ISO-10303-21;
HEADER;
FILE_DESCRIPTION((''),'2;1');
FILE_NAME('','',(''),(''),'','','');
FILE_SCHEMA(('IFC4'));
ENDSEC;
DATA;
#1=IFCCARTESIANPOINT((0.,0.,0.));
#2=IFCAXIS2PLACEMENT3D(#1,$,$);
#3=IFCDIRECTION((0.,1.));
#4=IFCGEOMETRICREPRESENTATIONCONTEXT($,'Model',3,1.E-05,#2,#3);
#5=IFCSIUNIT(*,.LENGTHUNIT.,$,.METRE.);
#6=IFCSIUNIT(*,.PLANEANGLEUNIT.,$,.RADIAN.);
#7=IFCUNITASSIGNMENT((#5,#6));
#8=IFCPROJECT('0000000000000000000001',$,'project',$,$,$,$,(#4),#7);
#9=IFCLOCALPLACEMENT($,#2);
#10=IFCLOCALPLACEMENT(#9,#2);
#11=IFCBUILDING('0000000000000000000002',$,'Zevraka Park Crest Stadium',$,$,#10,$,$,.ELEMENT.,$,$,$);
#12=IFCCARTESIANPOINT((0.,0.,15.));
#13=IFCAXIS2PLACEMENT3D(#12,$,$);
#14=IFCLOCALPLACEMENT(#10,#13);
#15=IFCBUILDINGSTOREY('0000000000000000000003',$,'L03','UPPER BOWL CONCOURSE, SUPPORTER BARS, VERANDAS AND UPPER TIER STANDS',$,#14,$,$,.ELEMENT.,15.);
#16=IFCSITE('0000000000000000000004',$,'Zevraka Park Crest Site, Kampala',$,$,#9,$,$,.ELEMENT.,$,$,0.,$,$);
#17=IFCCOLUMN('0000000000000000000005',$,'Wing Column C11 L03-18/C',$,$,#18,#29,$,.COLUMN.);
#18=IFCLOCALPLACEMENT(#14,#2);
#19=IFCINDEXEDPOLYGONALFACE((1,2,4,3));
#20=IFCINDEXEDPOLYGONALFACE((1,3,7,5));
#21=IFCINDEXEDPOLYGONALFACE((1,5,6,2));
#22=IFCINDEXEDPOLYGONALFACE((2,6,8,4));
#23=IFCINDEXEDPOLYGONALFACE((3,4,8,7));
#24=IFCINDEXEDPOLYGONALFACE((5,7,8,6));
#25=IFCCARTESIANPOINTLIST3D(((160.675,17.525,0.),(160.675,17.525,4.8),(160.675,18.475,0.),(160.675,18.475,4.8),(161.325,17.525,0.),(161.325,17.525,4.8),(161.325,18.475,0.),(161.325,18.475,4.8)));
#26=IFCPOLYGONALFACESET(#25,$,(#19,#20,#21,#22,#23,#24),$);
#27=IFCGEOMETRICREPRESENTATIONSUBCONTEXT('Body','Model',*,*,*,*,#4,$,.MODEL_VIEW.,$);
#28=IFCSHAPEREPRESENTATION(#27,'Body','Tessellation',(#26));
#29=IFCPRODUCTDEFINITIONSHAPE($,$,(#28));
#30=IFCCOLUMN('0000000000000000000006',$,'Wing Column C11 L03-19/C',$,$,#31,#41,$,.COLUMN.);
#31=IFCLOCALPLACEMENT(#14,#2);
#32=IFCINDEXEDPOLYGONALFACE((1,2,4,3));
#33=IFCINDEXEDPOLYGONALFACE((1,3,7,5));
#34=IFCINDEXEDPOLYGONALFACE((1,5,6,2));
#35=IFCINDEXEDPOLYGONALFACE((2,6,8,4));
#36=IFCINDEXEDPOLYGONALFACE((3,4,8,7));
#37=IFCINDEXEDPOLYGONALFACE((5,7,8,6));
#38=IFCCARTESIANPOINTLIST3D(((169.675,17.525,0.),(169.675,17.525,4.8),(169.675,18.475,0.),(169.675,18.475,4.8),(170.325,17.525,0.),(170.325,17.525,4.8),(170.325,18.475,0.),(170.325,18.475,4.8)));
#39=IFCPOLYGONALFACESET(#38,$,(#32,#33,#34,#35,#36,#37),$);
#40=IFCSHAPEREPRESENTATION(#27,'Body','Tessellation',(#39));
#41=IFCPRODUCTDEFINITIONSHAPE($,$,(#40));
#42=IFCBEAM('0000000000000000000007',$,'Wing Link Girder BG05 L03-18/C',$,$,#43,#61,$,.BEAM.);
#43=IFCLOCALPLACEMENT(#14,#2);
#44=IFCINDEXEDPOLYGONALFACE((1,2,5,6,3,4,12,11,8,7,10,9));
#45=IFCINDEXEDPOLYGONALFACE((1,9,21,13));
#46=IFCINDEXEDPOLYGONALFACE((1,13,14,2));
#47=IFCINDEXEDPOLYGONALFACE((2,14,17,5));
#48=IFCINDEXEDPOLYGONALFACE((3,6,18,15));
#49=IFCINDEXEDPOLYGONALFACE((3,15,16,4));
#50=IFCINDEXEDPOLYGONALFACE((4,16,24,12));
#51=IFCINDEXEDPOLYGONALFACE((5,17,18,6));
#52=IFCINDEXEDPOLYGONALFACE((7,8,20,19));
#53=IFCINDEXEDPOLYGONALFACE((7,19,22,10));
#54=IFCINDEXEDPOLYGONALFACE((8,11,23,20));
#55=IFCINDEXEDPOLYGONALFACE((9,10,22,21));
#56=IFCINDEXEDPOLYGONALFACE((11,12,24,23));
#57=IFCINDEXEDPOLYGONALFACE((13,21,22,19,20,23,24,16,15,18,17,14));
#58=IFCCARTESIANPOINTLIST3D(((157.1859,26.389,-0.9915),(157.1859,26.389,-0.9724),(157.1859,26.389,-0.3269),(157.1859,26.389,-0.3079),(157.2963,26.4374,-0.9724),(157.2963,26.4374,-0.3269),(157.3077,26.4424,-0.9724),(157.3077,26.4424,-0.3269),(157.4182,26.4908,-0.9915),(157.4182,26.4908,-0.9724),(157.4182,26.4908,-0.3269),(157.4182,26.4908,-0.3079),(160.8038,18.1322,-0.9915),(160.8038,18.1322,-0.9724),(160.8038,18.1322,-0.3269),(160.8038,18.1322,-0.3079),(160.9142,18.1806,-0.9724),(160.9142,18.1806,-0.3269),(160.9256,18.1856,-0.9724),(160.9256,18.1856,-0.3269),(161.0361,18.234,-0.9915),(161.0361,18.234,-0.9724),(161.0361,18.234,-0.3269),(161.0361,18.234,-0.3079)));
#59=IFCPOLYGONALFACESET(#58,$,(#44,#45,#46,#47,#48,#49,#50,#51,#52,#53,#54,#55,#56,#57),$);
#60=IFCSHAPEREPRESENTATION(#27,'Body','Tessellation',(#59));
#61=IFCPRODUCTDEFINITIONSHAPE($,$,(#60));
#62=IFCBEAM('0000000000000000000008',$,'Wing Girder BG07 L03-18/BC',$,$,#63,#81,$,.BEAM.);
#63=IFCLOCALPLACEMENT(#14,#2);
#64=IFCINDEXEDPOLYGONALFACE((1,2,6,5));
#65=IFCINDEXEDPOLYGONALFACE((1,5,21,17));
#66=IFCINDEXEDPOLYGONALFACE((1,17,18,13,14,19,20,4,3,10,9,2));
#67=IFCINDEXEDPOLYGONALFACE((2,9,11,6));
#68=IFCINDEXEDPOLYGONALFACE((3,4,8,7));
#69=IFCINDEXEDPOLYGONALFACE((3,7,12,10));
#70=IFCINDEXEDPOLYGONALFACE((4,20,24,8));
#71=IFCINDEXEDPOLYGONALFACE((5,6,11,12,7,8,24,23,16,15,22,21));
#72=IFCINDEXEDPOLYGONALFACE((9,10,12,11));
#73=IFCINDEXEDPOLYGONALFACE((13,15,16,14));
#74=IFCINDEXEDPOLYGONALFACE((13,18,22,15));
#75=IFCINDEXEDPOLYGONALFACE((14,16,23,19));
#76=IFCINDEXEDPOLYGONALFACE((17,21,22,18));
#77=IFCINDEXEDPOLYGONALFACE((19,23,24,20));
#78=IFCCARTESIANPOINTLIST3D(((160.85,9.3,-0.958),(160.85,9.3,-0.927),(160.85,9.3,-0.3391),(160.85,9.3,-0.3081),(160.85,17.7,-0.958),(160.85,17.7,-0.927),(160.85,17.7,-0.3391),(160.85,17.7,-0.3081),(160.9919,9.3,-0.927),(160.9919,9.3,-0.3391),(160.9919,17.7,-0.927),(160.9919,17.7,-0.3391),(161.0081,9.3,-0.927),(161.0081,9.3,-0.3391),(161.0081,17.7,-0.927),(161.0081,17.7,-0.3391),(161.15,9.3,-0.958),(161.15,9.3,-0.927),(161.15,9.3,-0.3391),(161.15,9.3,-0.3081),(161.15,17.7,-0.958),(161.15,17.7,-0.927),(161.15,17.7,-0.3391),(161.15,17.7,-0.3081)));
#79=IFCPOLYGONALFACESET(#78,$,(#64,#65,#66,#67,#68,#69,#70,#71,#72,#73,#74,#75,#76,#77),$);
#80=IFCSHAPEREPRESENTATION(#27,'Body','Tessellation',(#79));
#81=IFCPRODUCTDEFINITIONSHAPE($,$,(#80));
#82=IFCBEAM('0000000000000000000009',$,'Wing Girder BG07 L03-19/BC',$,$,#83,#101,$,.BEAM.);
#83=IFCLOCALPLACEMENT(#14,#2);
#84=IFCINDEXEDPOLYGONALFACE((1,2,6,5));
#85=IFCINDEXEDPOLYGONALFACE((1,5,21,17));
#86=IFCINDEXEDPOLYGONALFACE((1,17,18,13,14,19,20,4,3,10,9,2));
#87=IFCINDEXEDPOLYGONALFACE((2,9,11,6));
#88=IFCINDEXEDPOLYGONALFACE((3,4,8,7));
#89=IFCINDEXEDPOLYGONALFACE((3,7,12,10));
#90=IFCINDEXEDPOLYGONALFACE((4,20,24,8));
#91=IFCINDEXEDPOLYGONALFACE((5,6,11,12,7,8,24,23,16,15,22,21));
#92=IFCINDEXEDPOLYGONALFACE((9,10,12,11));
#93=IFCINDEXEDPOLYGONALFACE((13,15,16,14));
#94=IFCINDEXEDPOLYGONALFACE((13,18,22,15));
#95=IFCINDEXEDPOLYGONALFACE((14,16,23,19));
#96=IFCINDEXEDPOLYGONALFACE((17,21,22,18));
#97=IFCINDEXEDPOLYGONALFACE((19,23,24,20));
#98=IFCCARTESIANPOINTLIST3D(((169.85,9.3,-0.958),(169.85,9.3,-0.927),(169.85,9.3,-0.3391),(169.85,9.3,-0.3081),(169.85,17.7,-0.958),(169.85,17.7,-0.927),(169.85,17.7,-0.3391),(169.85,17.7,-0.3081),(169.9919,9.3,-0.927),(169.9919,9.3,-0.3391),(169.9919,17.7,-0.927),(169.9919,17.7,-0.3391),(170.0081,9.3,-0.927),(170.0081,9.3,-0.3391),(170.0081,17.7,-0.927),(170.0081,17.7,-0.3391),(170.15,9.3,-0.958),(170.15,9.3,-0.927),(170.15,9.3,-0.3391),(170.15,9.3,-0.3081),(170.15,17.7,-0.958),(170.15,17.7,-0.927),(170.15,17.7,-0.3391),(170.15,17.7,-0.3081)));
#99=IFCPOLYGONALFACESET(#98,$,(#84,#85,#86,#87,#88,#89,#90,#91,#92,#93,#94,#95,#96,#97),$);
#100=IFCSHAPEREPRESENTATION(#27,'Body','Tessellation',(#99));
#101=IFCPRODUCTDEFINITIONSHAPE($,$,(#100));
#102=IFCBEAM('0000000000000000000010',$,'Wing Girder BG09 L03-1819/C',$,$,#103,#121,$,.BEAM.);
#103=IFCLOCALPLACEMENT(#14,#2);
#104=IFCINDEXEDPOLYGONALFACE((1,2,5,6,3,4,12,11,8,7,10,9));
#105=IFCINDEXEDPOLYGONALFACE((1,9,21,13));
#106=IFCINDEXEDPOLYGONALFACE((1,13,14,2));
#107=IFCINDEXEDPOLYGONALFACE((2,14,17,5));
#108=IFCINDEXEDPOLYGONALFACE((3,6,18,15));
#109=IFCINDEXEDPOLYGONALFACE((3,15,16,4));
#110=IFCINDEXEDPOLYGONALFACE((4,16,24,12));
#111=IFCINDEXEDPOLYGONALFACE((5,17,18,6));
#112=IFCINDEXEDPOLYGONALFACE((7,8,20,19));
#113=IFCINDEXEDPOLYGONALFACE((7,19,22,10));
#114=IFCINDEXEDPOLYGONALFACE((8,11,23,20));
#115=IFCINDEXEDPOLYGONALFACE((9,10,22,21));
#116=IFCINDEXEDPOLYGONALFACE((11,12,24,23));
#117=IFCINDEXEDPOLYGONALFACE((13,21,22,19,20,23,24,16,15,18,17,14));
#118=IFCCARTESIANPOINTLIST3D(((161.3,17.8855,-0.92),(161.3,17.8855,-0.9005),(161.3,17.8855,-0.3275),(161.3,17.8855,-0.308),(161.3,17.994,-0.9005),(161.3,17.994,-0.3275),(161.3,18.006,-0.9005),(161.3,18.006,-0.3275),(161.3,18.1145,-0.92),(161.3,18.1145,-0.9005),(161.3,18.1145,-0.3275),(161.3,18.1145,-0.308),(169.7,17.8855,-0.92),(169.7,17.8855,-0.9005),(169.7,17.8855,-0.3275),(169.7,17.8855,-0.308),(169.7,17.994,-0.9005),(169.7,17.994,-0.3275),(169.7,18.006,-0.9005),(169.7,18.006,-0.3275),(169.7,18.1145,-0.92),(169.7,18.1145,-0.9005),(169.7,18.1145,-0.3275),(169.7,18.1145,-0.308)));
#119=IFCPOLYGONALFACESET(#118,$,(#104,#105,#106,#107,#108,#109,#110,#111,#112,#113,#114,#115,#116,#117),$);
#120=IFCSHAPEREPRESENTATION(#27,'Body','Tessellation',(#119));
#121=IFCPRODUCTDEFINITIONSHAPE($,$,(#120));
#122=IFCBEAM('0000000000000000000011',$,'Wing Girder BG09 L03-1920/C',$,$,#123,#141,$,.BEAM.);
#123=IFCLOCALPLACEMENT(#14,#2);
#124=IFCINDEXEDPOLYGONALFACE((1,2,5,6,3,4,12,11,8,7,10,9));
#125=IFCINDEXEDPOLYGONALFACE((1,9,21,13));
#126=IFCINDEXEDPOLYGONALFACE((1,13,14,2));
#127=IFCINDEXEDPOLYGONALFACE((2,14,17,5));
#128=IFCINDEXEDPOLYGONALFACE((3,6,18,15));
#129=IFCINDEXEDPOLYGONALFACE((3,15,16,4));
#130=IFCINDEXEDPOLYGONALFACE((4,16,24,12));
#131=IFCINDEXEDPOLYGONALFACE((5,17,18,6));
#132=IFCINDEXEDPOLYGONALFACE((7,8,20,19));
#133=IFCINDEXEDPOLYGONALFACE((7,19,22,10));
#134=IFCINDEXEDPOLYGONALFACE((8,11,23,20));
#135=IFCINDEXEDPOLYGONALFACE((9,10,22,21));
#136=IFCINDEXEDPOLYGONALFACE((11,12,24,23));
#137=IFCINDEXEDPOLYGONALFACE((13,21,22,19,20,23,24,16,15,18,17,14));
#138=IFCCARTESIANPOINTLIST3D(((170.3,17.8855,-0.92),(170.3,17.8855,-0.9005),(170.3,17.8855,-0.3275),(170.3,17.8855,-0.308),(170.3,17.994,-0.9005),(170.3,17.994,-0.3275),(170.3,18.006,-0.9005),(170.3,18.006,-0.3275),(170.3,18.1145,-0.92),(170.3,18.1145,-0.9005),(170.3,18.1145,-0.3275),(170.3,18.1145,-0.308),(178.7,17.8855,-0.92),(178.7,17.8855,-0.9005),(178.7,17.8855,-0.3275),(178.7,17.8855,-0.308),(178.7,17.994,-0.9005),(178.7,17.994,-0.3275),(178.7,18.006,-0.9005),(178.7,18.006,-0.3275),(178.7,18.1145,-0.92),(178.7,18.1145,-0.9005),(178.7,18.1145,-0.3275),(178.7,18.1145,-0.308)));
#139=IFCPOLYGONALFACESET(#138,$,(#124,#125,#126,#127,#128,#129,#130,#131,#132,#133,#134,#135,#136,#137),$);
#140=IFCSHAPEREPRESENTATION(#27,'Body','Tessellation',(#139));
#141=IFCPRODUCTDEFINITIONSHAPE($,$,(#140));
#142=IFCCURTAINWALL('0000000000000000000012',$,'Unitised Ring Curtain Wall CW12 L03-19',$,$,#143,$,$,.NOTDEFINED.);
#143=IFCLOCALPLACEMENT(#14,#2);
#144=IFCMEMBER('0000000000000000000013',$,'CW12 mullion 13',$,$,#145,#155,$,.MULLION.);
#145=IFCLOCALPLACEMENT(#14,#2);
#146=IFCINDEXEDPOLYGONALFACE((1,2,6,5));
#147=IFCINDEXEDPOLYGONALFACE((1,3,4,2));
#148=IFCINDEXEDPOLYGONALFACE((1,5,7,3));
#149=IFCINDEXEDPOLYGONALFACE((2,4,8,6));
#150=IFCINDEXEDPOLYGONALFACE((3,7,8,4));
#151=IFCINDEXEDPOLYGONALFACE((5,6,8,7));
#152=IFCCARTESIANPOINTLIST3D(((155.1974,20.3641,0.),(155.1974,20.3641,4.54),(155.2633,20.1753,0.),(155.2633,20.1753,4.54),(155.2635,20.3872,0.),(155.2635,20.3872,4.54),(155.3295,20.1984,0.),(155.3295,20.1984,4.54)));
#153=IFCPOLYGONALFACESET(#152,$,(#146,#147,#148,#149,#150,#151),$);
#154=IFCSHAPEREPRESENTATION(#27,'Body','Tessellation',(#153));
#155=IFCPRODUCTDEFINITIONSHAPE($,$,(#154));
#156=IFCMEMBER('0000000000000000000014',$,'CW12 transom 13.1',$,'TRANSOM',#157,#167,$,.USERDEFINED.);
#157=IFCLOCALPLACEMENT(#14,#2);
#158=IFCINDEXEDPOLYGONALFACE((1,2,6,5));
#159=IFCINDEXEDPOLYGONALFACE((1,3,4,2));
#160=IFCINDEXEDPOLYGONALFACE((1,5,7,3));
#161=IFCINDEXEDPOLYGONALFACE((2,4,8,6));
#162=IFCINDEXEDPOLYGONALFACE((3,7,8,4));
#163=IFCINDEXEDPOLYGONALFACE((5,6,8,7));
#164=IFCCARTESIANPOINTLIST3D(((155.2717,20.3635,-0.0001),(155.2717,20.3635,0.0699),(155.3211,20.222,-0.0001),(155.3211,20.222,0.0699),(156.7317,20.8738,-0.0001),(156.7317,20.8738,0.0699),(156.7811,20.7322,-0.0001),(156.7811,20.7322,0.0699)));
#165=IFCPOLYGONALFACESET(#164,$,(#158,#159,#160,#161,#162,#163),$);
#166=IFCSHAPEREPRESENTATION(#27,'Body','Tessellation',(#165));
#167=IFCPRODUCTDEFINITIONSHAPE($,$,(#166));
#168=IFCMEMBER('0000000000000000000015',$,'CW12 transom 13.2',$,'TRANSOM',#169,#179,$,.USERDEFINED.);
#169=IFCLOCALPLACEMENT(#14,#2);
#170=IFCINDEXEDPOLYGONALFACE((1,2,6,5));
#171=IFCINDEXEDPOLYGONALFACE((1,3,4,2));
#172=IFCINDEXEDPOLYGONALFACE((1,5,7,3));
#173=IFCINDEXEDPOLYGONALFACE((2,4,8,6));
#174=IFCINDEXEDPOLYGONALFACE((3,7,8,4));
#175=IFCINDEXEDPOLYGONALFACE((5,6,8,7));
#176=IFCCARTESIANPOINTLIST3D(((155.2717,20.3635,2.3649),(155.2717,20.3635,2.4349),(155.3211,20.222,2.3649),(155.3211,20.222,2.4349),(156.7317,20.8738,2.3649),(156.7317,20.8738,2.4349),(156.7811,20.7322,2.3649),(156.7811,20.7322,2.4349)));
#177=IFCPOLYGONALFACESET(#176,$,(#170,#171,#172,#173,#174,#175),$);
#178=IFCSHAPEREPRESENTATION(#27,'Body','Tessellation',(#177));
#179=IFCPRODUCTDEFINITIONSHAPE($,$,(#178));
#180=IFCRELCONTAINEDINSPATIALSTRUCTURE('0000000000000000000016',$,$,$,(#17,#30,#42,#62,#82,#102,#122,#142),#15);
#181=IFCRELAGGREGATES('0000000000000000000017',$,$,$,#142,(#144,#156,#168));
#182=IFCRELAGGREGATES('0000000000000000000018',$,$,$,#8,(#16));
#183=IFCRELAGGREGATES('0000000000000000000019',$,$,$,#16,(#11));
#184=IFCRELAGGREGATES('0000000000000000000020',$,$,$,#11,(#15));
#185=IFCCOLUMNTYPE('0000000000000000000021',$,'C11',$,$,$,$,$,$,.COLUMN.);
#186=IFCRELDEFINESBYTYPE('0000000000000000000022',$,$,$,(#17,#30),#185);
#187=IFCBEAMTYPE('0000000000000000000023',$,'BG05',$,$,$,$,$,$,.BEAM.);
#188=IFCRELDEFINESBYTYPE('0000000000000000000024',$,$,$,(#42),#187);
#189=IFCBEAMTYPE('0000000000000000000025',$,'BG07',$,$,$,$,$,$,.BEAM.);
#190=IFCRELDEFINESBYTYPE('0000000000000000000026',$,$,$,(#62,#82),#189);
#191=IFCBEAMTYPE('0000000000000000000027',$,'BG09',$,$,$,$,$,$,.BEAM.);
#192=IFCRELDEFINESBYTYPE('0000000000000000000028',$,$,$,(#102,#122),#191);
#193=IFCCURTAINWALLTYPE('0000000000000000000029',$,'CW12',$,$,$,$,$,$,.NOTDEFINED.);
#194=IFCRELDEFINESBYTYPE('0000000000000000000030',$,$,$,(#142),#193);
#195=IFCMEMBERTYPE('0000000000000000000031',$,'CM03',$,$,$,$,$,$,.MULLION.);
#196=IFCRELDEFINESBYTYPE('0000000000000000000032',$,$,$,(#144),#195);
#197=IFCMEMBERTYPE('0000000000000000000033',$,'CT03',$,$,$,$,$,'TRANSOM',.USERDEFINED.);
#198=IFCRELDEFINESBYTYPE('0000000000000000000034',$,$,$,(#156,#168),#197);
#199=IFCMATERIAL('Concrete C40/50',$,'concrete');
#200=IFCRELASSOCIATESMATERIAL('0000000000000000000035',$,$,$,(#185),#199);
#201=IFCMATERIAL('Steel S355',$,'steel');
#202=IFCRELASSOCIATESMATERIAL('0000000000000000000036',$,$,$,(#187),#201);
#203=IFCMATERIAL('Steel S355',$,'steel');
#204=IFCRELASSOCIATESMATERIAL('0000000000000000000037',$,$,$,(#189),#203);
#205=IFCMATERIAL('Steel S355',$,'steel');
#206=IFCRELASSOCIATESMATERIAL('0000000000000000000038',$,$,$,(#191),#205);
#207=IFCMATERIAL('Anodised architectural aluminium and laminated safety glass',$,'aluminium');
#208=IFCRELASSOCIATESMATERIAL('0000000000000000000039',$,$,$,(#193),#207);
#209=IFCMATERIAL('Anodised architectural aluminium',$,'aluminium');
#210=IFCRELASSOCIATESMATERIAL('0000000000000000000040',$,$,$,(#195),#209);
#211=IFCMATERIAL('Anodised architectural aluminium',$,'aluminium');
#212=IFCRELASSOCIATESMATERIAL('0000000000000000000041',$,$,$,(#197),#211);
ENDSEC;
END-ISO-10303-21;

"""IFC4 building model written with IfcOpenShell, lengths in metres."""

from ifc_helpers import new_model, si_unit, direction, frame, origin, origin_2d, place, context, subcontext, project, spatial, rectangle, i_section, extrude, material, material_profile, profile_set, type_object, element, aggregate, save


model = new_model("IFC4")

# Units and contexts
model_context = context("Model", 3, precision=1e-05, world=origin(), true_north=direction((0.0, 1.0)))
body_context = subcontext(model_context, "Body", "Model", "MODEL_VIEW")
ifc_project = project(units=[si_unit("LENGTHUNIT", "METRE"), si_unit("PLANEANGLEUNIT", "RADIAN")], contexts=[model_context])

# Site, building, storey
site_placement = place(None, origin())
site = spatial("IfcSite", under=ifc_project, at=site_placement, Name="Zevraka Park Crest Site, Kampala", CompositionType="ELEMENT", RefElevation=0.0)
building_placement = place(site_placement, origin())
building = spatial("IfcBuilding", under=site, at=building_placement, Name="Zevraka Park Crest Stadium", CompositionType="ELEMENT")
storey_placement = place(building_placement, frame((0.0, 0.0, 15.0)))
storey = spatial("IfcBuildingStorey", under=building, at=storey_placement, Name="L03", Description="UPPER BOWL CONCOURSE, SUPPORTER BARS, VERANDAS AND UPPER TIER STANDS", CompositionType="ELEMENT", Elevation=15.0)

# Columns
ifc_material_1 = material(Name="Concrete C40/50", Category="concrete")
ifc_material_profile_1 = material_profile(ifc_material_1, rectangle(XDim=0.6499, YDim=0.95, at=origin_2d()), Name="RC 950x650")
ifc_profile_set_1 = profile_set([ifc_material_profile_1], Name="Concrete C40/50")
column_type = type_object("IfcColumnType", Name="C11", PredefinedType="COLUMN", material=ifc_profile_set_1)
for number, where, z_axis, x_axis, name in (
    (1, (161.0, 18.0, 0.0), (0.0, 0.0, 1.0), (1.0, 0.0, 0.0), "Wing Column C11 L03-18/C"),
    (2, (170.0, 18.0, 0.0), (0.0, 0.0, 1.0), (1.0, 0.0, 0.0), "Wing Column C11 L03-19/C"),
):
    element("IfcColumn", number, at=place(storey_placement, frame(where, z_axis=z_axis, x_axis=x_axis)), inside=storey, type_object=column_type, Name=name, PredefinedType="COLUMN", context=body_context, shape_type="SweptSolid", body=[
        extrude(rectangle(XDim=0.6499, YDim=0.95, at=origin_2d()), origin(), (0.0, 0.0, 1.0), 4.8),
    ])

# Beams
ifc_material_2 = material(Name="Steel S355", Category="steel")
ifc_material_profile_2 = material_profile(ifc_material_2, i_section(OverallWidth=0.2537, OverallDepth=0.6836, WebThickness=0.0125, FlangeThickness=0.019, at=origin_2d()), Name="UKB 686x254x140")
ifc_profile_set_2 = profile_set([ifc_material_profile_2], Name="Steel S355")
beam_type_1 = type_object("IfcBeamType", Name="BG05", PredefinedType="BEAM", material=ifc_profile_set_2)
beam_placement = place(storey_placement, frame((160.9199, 18.1831, -0.6497), z_axis=(-0.401336, 0.915931, 0.0), x_axis=(-0.915931, -0.401336, 0.0)))
element("IfcBeam", 3, at=beam_placement, inside=storey, type_object=beam_type_1, Name="Wing Link Girder BG05 L03-18/C", PredefinedType="BEAM", context=body_context, shape_type="SweptSolid", body=[
    extrude(i_section(OverallWidth=0.2537, OverallDepth=0.6836, WebThickness=0.0125, FlangeThickness=0.019, at=origin_2d()), origin(), (0.0, 0.0, 1.0), 9.0146),
])
ifc_material_3 = material(Name="Steel S355", Category="steel")
ifc_material_profile_3 = material_profile(ifc_material_3, i_section(OverallWidth=0.3, OverallDepth=0.6499, WebThickness=0.0161, FlangeThickness=0.031, at=origin_2d()), Name="HEB 650")
ifc_profile_set_3 = profile_set([ifc_material_profile_3], Name="Steel S355")
beam_type_2 = type_object("IfcBeamType", Name="BG07", PredefinedType="BEAM", material=ifc_profile_set_3)
for number, where, z_axis, x_axis, name in (
    (4, (161.0, 9.3, -0.6331), (0.0, 1.0, 0.0), (-1.0, 0.0, 0.0), "Wing Girder BG07 L03-18/BC"),
    (5, (170.0, 9.3, -0.6331), (0.0, 1.0, 0.0), (-1.0, 0.0, 0.0), "Wing Girder BG07 L03-19/BC"),
):
    element("IfcBeam", number, at=place(storey_placement, frame(where, z_axis=z_axis, x_axis=x_axis)), inside=storey, type_object=beam_type_2, Name=name, PredefinedType="BEAM", context=body_context, shape_type="SweptSolid", body=[
        extrude(i_section(OverallWidth=0.3, OverallDepth=0.6499, WebThickness=0.0161, FlangeThickness=0.031, at=origin_2d()), origin(), (0.0, 0.0, 1.0), 8.3999),
    ])
ifc_material_4 = material(Name="Steel S355", Category="steel")
ifc_material_profile_4 = material_profile(ifc_material_4, i_section(OverallWidth=0.229, OverallDepth=0.6121, WebThickness=0.012, FlangeThickness=0.0195, at=origin_2d()), Name="UKB 610x229x125")
ifc_profile_set_4 = profile_set([ifc_material_profile_4], Name="Steel S355")
beam_type_3 = type_object("IfcBeamType", Name="BG09", PredefinedType="BEAM", material=ifc_profile_set_4)
for number, where, z_axis, x_axis, name in (
    (6, (161.3, 18.0, -0.614), (1.0, 0.0, 0.0), (0.0, 1.0, 0.0), "Wing Girder BG09 L03-1819/C"),
    (7, (170.3, 18.0, -0.614), (1.0, 0.0, 0.0), (0.0, 1.0, 0.0), "Wing Girder BG09 L03-1920/C"),
):
    element("IfcBeam", number, at=place(storey_placement, frame(where, z_axis=z_axis, x_axis=x_axis)), inside=storey, type_object=beam_type_3, Name=name, PredefinedType="BEAM", context=body_context, shape_type="SweptSolid", body=[
        extrude(i_section(OverallWidth=0.229, OverallDepth=0.6121, WebThickness=0.012, FlangeThickness=0.0195, at=origin_2d()), origin(), (0.0, 0.0, 1.0), 8.3999),
    ])

# Curtain wall, members
ifc_material_5 = material(Name="Anodised architectural aluminium and laminated safety glass", Category="aluminium")
curtain_wall_type = type_object("IfcCurtainWallType", Name="CW12", PredefinedType="NOTDEFINED", material=ifc_material_5)
curtain_wall_placement = place(storey_placement, origin())
curtain_wall = element("IfcCurtainWall", 8, at=curtain_wall_placement, inside=storey, type_object=curtain_wall_type, Name="Unitised Ring Curtain Wall CW12 L03-19", PredefinedType="NOTDEFINED")
ifc_material_6 = material(Name="Anodised architectural aluminium", Category="aluminium")
ifc_material_profile_5 = material_profile(ifc_material_6, rectangle(XDim=0.2, YDim=0.0701, at=origin_2d()), Name="ALU MULLION 200x70")
ifc_profile_set_5 = profile_set([ifc_material_profile_5], Name="Anodised architectural aluminium")
member_type_1 = type_object("IfcMemberType", Name="CM03", PredefinedType="MULLION", material=ifc_profile_set_5)
member_1_placement = place(storey_placement, frame((155.2634, 20.2812, 0.0), z_axis=(0.0, 0.0, 1.0), x_axis=(-0.329917, 0.94401, 0.0)))
member_1 = element("IfcMember", 9, at=member_1_placement, type_object=member_type_1, Name="CW12 mullion 13", PredefinedType="MULLION", context=body_context, shape_type="SweptSolid", body=[
    extrude(rectangle(XDim=0.2, YDim=0.0701, at=origin_2d()), origin(), (0.0, 0.0, 1.0), 4.54),
])
ifc_material_7 = material(Name="Anodised architectural aluminium", Category="aluminium")
ifc_material_profile_6 = material_profile(ifc_material_7, rectangle(XDim=0.1499, YDim=0.0701, at=origin_2d()), Name="ALU TRANSOM 150x70")
ifc_profile_set_6 = profile_set([ifc_material_profile_6], Name="Anodised architectural aluminium")
member_type_2 = type_object("IfcMemberType", Name="CT03", ElementType="TRANSOM", PredefinedType="USERDEFINED", material=ifc_profile_set_6)
member_2_placement = place(storey_placement, frame((155.2964, 20.2927, 0.0349), z_axis=(0.944006, 0.329928, 0.0), x_axis=(-0.329928, 0.944006, 0.0)))
member_2 = element("IfcMember", 10, at=member_2_placement, type_object=member_type_2, Name="CW12 transom 13.1", ObjectType="TRANSOM", PredefinedType="USERDEFINED", context=body_context, shape_type="SweptSolid", body=[
    extrude(rectangle(XDim=0.1499, YDim=0.0701, at=origin_2d()), origin(), (0.0, 0.0, 1.0), 1.5466),
])
member_3_placement = place(storey_placement, frame((155.2964, 20.2927, 2.3999), z_axis=(0.944006, 0.329928, 0.0), x_axis=(-0.329928, 0.944006, 0.0)))
member_3 = element("IfcMember", 11, at=member_3_placement, type_object=member_type_2, Name="CW12 transom 13.2", ObjectType="TRANSOM", PredefinedType="USERDEFINED", context=body_context, shape_type="SweptSolid", body=[
    extrude(rectangle(XDim=0.1499, YDim=0.0701, at=origin_2d()), origin(), (0.0, 0.0, 1.0), 1.5466),
])

aggregate(curtain_wall, [member_1, member_2, member_3])

save(model, "model.ifc")
